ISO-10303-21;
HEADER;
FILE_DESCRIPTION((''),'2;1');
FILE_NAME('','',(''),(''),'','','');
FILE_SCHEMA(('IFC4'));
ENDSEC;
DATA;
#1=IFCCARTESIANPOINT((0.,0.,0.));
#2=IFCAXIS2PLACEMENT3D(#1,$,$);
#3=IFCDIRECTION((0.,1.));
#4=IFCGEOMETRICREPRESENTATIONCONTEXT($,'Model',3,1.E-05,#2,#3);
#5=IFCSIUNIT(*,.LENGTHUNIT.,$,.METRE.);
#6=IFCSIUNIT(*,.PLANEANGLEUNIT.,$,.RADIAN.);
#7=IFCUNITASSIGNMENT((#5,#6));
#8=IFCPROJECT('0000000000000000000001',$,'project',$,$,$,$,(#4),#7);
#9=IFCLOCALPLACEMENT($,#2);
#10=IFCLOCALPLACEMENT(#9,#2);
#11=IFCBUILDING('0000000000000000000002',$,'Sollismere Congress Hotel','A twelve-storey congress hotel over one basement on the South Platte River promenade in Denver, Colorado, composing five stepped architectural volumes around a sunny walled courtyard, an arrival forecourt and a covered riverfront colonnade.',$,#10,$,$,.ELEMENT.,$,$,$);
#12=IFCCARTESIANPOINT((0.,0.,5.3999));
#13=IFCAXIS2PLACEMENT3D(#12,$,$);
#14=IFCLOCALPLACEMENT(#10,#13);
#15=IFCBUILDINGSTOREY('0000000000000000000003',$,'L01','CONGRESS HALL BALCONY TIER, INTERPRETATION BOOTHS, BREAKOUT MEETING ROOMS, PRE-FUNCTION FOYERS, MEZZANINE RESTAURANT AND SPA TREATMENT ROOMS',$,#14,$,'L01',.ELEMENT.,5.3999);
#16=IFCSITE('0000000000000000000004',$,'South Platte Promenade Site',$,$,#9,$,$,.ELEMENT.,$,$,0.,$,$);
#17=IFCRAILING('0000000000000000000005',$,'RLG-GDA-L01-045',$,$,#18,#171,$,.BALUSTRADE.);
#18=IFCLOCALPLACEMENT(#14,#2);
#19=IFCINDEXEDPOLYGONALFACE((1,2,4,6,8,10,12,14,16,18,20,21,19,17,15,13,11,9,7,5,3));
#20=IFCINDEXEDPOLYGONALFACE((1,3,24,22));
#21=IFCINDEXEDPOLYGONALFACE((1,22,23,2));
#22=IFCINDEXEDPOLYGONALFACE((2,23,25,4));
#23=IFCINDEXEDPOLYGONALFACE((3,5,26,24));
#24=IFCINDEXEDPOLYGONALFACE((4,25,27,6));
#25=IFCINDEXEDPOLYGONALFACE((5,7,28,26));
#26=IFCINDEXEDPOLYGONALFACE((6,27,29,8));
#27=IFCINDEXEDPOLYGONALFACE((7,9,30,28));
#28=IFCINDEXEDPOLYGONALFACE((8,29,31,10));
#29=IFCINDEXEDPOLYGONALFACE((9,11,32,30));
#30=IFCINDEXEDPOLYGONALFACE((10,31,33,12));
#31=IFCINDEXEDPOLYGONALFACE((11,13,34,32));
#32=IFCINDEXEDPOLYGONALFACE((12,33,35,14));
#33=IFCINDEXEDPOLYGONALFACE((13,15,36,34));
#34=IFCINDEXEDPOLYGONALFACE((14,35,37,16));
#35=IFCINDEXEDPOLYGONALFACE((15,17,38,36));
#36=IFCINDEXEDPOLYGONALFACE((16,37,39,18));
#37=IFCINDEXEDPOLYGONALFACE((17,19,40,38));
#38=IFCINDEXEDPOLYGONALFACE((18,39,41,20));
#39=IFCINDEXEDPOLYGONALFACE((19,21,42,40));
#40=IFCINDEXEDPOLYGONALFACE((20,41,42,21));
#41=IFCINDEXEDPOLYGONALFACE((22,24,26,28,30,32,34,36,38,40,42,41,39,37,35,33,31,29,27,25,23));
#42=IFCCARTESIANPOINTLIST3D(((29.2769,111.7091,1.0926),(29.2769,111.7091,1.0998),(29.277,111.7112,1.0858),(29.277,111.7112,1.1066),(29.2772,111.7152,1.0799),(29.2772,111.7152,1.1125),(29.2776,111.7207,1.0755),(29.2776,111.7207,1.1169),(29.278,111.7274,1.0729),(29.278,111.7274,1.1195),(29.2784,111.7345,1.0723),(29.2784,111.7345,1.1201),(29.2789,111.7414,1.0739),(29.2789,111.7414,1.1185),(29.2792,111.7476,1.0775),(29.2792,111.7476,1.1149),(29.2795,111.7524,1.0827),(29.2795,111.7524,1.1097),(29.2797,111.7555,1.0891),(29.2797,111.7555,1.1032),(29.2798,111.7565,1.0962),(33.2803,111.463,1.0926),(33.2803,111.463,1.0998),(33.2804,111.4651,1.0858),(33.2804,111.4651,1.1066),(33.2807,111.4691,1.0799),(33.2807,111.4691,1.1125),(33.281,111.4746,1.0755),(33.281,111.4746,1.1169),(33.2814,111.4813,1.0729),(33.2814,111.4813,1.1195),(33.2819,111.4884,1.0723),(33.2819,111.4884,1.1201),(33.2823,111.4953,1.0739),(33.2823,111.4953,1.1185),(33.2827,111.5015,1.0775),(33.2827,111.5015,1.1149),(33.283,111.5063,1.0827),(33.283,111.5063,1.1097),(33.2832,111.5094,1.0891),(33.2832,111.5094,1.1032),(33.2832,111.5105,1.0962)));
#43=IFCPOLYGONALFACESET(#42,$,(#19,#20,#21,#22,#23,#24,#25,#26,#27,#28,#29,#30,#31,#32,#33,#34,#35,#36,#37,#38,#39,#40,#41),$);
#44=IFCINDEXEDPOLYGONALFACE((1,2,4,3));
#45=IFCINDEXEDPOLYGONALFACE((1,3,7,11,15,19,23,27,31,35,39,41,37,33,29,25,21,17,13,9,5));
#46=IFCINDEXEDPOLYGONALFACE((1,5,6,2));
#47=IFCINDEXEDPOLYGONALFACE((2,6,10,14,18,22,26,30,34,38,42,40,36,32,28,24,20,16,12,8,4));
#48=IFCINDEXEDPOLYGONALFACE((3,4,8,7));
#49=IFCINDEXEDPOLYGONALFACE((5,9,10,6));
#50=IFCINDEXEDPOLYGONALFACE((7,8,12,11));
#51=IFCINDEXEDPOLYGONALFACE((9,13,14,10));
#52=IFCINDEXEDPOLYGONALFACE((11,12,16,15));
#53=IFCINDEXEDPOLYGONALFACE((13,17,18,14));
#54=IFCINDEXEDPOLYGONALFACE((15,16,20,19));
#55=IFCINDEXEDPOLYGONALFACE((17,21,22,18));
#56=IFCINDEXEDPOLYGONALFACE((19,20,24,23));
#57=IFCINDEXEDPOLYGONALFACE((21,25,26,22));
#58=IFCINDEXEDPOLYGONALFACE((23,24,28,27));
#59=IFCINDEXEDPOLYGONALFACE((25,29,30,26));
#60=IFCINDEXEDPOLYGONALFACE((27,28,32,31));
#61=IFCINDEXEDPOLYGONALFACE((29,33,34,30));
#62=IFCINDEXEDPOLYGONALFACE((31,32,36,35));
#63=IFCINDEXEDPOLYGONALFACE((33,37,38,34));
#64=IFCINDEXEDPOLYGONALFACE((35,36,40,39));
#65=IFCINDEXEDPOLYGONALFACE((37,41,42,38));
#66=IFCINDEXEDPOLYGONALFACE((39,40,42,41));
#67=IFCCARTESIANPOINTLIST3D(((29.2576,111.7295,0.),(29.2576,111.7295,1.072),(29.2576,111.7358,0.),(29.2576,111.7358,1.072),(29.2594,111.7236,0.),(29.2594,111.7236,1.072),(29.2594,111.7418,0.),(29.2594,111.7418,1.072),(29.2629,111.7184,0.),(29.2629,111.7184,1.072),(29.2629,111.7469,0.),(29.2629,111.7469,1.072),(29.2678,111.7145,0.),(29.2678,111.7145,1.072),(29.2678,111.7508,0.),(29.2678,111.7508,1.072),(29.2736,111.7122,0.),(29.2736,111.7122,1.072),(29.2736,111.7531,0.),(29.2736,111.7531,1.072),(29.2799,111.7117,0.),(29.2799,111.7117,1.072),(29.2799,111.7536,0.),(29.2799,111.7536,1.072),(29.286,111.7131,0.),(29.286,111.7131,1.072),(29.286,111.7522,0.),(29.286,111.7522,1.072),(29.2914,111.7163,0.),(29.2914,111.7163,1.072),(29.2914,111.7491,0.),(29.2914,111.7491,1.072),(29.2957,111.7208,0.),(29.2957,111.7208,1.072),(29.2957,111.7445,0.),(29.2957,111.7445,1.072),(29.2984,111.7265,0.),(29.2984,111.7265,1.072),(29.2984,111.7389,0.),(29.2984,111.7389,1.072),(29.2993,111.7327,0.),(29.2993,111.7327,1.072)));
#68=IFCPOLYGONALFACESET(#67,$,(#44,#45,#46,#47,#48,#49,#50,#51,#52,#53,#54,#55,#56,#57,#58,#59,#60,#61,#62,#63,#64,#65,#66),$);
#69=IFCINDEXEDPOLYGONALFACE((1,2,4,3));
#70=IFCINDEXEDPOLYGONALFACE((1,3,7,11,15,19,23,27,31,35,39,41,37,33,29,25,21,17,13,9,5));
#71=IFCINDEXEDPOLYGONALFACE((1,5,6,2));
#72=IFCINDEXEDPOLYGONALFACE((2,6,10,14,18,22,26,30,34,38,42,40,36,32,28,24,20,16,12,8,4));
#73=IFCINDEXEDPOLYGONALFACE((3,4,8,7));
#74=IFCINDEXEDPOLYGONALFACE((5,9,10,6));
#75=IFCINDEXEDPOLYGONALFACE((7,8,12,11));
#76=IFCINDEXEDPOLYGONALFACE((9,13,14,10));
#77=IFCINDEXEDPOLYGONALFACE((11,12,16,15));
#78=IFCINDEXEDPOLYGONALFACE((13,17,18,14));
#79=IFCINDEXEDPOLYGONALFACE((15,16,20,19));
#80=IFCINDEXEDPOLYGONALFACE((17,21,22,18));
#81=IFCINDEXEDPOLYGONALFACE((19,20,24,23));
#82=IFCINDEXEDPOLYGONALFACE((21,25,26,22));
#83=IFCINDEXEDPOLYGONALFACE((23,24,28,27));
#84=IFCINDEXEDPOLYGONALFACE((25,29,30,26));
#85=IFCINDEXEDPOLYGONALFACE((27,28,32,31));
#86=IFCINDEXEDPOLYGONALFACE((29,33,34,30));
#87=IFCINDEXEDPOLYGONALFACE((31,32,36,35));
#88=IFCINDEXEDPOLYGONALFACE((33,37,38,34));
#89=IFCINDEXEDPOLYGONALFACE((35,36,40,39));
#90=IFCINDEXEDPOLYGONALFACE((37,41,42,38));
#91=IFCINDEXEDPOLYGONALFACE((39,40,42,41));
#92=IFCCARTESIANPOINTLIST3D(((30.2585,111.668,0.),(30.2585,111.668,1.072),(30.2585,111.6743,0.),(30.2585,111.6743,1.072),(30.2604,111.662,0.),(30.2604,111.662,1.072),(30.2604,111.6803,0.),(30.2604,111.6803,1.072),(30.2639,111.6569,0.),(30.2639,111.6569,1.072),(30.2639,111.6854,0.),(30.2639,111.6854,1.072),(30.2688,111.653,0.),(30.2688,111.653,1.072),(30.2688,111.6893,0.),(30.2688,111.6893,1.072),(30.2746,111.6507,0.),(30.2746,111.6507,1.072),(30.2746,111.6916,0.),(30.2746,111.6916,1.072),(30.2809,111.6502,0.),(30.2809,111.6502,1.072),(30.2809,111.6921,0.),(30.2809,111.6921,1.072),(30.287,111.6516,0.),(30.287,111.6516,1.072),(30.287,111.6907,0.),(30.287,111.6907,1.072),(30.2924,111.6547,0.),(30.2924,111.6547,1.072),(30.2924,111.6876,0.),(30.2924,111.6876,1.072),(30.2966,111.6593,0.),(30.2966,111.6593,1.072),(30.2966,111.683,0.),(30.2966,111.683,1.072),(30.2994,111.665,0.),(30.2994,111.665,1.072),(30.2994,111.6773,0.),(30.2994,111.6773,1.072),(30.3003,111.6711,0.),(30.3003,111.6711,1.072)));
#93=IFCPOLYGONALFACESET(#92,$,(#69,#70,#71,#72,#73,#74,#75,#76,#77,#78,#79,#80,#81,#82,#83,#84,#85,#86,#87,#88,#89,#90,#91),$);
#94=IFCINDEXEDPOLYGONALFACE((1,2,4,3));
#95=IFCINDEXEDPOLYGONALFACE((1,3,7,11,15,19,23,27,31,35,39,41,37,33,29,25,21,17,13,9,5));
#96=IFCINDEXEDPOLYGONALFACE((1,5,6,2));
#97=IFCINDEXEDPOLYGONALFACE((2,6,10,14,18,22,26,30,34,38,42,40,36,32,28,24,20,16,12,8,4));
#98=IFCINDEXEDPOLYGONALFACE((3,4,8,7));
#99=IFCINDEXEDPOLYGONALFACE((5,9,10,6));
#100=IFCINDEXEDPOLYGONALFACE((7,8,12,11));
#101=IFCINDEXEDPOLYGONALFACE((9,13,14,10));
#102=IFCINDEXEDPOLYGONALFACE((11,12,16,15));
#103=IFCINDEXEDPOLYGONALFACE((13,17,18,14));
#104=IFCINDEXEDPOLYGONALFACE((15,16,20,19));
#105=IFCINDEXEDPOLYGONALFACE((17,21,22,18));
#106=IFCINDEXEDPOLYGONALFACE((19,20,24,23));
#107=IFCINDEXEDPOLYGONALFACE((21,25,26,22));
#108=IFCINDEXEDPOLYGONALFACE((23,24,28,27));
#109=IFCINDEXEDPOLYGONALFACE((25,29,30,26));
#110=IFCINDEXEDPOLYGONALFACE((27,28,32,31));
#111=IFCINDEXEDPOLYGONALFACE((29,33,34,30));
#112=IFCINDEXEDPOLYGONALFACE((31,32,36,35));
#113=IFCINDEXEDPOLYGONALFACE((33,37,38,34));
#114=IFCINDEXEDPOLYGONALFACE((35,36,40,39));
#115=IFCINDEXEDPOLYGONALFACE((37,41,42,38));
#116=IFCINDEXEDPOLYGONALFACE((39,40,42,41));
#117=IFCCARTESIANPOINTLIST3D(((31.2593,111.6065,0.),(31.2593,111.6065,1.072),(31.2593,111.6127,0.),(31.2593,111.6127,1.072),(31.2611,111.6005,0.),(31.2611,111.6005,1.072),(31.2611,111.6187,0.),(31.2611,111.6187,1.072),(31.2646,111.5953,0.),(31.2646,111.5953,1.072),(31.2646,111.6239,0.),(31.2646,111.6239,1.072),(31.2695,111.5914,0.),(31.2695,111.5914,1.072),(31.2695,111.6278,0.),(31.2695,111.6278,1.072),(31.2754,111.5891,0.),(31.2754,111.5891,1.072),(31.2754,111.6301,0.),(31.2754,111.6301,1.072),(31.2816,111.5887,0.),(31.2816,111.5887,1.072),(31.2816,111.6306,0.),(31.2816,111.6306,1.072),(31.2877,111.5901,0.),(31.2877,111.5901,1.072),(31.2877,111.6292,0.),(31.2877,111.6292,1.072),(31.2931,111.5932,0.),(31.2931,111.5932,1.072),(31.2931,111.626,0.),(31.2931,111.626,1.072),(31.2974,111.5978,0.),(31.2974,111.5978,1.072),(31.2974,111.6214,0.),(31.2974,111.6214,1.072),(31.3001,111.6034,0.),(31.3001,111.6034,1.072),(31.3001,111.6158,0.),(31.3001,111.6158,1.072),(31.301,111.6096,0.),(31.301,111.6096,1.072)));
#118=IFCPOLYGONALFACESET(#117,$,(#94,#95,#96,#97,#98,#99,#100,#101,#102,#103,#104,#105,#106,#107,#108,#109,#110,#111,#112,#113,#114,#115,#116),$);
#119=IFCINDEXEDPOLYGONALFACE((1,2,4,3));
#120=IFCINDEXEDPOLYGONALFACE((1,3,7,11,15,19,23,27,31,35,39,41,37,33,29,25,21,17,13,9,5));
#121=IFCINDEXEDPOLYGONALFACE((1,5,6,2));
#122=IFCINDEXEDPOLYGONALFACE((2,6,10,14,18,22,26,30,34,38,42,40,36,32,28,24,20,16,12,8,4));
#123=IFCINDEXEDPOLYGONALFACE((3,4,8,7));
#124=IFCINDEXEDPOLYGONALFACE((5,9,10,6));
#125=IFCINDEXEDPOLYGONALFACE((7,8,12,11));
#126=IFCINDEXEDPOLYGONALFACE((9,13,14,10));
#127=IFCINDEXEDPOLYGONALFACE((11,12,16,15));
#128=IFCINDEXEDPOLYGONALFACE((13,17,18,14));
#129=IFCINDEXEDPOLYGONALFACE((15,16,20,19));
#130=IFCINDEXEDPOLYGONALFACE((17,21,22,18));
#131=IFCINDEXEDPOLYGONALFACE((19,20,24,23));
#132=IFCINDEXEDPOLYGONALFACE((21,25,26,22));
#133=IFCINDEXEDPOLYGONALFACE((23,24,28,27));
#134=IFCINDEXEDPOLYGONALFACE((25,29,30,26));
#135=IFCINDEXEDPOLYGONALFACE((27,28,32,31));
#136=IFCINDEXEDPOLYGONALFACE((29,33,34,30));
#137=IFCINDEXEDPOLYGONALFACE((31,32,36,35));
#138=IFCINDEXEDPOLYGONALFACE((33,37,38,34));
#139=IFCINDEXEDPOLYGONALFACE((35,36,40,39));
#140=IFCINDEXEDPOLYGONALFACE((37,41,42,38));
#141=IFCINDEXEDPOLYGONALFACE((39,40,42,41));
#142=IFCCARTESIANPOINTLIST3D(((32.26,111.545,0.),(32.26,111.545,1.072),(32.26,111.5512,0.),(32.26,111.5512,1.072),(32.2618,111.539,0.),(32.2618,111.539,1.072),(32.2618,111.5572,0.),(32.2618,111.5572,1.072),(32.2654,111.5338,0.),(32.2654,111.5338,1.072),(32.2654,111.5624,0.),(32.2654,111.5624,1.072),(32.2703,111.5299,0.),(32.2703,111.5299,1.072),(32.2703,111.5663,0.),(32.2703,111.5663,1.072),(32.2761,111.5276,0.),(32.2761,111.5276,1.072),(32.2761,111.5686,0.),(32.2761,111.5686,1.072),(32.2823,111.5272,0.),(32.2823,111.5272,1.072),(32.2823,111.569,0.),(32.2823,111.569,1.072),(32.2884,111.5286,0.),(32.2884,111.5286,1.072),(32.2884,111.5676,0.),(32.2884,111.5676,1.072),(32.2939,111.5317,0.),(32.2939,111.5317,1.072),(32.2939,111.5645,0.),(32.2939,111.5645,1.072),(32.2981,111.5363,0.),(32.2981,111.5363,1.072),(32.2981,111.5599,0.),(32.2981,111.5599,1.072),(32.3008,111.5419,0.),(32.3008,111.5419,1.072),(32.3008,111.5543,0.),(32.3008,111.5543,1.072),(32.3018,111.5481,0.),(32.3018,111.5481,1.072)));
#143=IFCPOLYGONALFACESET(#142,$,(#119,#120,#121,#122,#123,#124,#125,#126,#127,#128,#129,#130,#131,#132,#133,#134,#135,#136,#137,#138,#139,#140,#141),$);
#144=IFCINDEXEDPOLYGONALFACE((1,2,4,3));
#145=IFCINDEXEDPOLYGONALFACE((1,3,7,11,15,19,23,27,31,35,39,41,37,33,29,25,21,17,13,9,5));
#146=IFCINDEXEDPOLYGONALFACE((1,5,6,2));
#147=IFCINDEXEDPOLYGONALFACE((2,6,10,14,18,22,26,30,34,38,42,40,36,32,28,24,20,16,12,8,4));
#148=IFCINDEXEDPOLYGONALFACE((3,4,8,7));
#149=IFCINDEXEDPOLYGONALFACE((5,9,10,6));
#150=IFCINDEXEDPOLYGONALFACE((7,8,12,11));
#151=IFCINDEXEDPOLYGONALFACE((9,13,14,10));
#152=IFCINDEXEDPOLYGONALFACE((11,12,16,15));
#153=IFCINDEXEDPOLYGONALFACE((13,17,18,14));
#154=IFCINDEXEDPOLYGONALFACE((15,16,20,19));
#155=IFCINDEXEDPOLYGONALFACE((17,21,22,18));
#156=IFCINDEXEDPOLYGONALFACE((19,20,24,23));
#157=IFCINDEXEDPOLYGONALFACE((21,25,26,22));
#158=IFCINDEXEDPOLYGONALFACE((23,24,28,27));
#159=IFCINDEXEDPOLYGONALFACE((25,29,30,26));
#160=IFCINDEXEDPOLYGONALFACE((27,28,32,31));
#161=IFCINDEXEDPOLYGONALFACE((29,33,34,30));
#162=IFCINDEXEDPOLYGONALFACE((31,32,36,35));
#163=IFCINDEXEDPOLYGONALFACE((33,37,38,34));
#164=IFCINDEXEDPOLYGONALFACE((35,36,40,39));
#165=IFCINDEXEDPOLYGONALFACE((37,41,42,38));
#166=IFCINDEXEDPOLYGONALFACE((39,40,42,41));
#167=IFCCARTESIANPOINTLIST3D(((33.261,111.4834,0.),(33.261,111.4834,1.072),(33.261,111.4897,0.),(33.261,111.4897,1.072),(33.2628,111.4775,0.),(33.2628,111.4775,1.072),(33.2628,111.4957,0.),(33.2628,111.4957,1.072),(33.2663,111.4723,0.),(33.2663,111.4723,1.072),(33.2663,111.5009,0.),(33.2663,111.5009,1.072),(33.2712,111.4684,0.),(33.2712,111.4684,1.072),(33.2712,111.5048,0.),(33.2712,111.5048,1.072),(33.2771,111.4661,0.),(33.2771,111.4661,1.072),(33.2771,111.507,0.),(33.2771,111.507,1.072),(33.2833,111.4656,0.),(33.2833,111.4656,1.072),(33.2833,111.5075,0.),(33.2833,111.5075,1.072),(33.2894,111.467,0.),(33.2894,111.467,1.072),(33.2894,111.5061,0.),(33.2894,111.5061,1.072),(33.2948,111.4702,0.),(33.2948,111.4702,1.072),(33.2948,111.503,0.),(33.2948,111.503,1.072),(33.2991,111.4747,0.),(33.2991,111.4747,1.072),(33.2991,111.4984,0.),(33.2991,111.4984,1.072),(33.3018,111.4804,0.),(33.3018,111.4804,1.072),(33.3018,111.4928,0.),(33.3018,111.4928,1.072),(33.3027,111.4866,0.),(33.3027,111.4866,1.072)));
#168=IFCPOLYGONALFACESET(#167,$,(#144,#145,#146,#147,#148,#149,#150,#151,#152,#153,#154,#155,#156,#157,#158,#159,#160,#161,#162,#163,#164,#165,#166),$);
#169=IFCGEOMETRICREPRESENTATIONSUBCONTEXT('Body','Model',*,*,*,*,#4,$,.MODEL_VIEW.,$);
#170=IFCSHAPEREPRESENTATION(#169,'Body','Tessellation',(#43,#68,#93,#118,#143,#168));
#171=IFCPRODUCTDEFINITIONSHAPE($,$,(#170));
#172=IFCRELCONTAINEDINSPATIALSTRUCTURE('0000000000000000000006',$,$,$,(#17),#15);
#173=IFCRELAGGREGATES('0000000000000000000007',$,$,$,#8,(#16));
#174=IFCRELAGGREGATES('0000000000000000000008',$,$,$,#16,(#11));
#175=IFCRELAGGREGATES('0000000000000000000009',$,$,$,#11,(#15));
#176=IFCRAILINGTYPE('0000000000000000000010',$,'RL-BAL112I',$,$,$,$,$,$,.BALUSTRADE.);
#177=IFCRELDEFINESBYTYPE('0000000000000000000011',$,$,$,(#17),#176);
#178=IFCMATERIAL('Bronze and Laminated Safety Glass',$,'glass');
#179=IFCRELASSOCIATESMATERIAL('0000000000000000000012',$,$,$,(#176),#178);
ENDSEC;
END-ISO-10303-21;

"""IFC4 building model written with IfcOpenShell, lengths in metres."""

from ifc_helpers import new_model, si_unit, direction, frame, origin, origin_2d, place, context, subcontext, project, spatial, circle, extrude, material, type_object, element, save


model = new_model("IFC4")

# Units and contexts
model_context = context("Model", 3, precision=1e-05, world=origin(), true_north=direction((0.0, 1.0)))
body_context = subcontext(model_context, "Body", "Model", "MODEL_VIEW")
ifc_project = project(units=[si_unit("LENGTHUNIT", "METRE"), si_unit("PLANEANGLEUNIT", "RADIAN")], contexts=[model_context])

# Site, building, storey
site_placement = place(None, origin())
site = spatial("IfcSite", under=ifc_project, at=site_placement, Name="South Platte Promenade Site", CompositionType="ELEMENT", RefElevation=0.0)
building_placement = place(site_placement, origin())
building = spatial("IfcBuilding", under=site, at=building_placement, Name="Sollismere Congress Hotel", Description="A twelve-storey congress hotel over one basement on the South Platte River promenade in Denver, Colorado, composing five stepped architectural volumes around a sunny walled courtyard, an arrival forecourt and a covered riverfront colonnade.", CompositionType="ELEMENT")
storey_placement = place(building_placement, frame((0.0, 0.0, 5.3999)))
storey = spatial("IfcBuildingStorey", under=building, at=storey_placement, Name="L01", Description="CONGRESS HALL BALCONY TIER, INTERPRETATION BOOTHS, BREAKOUT MEETING ROOMS, PRE-FUNCTION FOYERS, MEZZANINE RESTAURANT AND SPA TREATMENT ROOMS", LongName="L01", CompositionType="ELEMENT", Elevation=5.3999)

# Railing
ifc_material_1 = material(Name="Bronze and Laminated Safety Glass", Category="glass")
railing_type = type_object("IfcRailingType", Name="RL-BAL112I", PredefinedType="BALUSTRADE", material=ifc_material_1)
railing_placement = place(storey_placement, frame((29.2783, 111.7327, 0.0)))
element("IfcRailing", 1, at=railing_placement, inside=storey, type_object=railing_type, Name="RLG-GDA-L01-045", PredefinedType="BALUSTRADE", context=body_context, shape_type="SweptSolid", body=[
    extrude(circle(Radius=0.0239, at=origin_2d()), frame((0.0, 0.0, 1.0962), z_axis=(0.998116, -0.061355, 0.0), x_axis=(0.061355, 0.998116, 0.0)), (0.0, 0.0, 1.0), 4.011),
    extrude(circle(Radius=0.021, at=origin_2d()), origin(), (0.0, 0.0, 1.0), 1.072),
    extrude(circle(Radius=0.021, at=origin_2d()), frame((1.001, -0.0615, 0.0)), (0.0, 0.0, 1.0), 1.072),
    extrude(circle(Radius=0.021, at=origin_2d()), frame((2.0017, -0.123, 0.0)), (0.0, 0.0, 1.0), 1.072),
    extrude(circle(Radius=0.021, at=origin_2d()), frame((3.0024, -0.1846, 0.0)), (0.0, 0.0, 1.0), 1.072),
    extrude(circle(Radius=0.021, at=origin_2d()), frame((4.0034, -0.2461, 0.0)), (0.0, 0.0, 1.0), 1.072),
])

save(model, "model.ifc")
